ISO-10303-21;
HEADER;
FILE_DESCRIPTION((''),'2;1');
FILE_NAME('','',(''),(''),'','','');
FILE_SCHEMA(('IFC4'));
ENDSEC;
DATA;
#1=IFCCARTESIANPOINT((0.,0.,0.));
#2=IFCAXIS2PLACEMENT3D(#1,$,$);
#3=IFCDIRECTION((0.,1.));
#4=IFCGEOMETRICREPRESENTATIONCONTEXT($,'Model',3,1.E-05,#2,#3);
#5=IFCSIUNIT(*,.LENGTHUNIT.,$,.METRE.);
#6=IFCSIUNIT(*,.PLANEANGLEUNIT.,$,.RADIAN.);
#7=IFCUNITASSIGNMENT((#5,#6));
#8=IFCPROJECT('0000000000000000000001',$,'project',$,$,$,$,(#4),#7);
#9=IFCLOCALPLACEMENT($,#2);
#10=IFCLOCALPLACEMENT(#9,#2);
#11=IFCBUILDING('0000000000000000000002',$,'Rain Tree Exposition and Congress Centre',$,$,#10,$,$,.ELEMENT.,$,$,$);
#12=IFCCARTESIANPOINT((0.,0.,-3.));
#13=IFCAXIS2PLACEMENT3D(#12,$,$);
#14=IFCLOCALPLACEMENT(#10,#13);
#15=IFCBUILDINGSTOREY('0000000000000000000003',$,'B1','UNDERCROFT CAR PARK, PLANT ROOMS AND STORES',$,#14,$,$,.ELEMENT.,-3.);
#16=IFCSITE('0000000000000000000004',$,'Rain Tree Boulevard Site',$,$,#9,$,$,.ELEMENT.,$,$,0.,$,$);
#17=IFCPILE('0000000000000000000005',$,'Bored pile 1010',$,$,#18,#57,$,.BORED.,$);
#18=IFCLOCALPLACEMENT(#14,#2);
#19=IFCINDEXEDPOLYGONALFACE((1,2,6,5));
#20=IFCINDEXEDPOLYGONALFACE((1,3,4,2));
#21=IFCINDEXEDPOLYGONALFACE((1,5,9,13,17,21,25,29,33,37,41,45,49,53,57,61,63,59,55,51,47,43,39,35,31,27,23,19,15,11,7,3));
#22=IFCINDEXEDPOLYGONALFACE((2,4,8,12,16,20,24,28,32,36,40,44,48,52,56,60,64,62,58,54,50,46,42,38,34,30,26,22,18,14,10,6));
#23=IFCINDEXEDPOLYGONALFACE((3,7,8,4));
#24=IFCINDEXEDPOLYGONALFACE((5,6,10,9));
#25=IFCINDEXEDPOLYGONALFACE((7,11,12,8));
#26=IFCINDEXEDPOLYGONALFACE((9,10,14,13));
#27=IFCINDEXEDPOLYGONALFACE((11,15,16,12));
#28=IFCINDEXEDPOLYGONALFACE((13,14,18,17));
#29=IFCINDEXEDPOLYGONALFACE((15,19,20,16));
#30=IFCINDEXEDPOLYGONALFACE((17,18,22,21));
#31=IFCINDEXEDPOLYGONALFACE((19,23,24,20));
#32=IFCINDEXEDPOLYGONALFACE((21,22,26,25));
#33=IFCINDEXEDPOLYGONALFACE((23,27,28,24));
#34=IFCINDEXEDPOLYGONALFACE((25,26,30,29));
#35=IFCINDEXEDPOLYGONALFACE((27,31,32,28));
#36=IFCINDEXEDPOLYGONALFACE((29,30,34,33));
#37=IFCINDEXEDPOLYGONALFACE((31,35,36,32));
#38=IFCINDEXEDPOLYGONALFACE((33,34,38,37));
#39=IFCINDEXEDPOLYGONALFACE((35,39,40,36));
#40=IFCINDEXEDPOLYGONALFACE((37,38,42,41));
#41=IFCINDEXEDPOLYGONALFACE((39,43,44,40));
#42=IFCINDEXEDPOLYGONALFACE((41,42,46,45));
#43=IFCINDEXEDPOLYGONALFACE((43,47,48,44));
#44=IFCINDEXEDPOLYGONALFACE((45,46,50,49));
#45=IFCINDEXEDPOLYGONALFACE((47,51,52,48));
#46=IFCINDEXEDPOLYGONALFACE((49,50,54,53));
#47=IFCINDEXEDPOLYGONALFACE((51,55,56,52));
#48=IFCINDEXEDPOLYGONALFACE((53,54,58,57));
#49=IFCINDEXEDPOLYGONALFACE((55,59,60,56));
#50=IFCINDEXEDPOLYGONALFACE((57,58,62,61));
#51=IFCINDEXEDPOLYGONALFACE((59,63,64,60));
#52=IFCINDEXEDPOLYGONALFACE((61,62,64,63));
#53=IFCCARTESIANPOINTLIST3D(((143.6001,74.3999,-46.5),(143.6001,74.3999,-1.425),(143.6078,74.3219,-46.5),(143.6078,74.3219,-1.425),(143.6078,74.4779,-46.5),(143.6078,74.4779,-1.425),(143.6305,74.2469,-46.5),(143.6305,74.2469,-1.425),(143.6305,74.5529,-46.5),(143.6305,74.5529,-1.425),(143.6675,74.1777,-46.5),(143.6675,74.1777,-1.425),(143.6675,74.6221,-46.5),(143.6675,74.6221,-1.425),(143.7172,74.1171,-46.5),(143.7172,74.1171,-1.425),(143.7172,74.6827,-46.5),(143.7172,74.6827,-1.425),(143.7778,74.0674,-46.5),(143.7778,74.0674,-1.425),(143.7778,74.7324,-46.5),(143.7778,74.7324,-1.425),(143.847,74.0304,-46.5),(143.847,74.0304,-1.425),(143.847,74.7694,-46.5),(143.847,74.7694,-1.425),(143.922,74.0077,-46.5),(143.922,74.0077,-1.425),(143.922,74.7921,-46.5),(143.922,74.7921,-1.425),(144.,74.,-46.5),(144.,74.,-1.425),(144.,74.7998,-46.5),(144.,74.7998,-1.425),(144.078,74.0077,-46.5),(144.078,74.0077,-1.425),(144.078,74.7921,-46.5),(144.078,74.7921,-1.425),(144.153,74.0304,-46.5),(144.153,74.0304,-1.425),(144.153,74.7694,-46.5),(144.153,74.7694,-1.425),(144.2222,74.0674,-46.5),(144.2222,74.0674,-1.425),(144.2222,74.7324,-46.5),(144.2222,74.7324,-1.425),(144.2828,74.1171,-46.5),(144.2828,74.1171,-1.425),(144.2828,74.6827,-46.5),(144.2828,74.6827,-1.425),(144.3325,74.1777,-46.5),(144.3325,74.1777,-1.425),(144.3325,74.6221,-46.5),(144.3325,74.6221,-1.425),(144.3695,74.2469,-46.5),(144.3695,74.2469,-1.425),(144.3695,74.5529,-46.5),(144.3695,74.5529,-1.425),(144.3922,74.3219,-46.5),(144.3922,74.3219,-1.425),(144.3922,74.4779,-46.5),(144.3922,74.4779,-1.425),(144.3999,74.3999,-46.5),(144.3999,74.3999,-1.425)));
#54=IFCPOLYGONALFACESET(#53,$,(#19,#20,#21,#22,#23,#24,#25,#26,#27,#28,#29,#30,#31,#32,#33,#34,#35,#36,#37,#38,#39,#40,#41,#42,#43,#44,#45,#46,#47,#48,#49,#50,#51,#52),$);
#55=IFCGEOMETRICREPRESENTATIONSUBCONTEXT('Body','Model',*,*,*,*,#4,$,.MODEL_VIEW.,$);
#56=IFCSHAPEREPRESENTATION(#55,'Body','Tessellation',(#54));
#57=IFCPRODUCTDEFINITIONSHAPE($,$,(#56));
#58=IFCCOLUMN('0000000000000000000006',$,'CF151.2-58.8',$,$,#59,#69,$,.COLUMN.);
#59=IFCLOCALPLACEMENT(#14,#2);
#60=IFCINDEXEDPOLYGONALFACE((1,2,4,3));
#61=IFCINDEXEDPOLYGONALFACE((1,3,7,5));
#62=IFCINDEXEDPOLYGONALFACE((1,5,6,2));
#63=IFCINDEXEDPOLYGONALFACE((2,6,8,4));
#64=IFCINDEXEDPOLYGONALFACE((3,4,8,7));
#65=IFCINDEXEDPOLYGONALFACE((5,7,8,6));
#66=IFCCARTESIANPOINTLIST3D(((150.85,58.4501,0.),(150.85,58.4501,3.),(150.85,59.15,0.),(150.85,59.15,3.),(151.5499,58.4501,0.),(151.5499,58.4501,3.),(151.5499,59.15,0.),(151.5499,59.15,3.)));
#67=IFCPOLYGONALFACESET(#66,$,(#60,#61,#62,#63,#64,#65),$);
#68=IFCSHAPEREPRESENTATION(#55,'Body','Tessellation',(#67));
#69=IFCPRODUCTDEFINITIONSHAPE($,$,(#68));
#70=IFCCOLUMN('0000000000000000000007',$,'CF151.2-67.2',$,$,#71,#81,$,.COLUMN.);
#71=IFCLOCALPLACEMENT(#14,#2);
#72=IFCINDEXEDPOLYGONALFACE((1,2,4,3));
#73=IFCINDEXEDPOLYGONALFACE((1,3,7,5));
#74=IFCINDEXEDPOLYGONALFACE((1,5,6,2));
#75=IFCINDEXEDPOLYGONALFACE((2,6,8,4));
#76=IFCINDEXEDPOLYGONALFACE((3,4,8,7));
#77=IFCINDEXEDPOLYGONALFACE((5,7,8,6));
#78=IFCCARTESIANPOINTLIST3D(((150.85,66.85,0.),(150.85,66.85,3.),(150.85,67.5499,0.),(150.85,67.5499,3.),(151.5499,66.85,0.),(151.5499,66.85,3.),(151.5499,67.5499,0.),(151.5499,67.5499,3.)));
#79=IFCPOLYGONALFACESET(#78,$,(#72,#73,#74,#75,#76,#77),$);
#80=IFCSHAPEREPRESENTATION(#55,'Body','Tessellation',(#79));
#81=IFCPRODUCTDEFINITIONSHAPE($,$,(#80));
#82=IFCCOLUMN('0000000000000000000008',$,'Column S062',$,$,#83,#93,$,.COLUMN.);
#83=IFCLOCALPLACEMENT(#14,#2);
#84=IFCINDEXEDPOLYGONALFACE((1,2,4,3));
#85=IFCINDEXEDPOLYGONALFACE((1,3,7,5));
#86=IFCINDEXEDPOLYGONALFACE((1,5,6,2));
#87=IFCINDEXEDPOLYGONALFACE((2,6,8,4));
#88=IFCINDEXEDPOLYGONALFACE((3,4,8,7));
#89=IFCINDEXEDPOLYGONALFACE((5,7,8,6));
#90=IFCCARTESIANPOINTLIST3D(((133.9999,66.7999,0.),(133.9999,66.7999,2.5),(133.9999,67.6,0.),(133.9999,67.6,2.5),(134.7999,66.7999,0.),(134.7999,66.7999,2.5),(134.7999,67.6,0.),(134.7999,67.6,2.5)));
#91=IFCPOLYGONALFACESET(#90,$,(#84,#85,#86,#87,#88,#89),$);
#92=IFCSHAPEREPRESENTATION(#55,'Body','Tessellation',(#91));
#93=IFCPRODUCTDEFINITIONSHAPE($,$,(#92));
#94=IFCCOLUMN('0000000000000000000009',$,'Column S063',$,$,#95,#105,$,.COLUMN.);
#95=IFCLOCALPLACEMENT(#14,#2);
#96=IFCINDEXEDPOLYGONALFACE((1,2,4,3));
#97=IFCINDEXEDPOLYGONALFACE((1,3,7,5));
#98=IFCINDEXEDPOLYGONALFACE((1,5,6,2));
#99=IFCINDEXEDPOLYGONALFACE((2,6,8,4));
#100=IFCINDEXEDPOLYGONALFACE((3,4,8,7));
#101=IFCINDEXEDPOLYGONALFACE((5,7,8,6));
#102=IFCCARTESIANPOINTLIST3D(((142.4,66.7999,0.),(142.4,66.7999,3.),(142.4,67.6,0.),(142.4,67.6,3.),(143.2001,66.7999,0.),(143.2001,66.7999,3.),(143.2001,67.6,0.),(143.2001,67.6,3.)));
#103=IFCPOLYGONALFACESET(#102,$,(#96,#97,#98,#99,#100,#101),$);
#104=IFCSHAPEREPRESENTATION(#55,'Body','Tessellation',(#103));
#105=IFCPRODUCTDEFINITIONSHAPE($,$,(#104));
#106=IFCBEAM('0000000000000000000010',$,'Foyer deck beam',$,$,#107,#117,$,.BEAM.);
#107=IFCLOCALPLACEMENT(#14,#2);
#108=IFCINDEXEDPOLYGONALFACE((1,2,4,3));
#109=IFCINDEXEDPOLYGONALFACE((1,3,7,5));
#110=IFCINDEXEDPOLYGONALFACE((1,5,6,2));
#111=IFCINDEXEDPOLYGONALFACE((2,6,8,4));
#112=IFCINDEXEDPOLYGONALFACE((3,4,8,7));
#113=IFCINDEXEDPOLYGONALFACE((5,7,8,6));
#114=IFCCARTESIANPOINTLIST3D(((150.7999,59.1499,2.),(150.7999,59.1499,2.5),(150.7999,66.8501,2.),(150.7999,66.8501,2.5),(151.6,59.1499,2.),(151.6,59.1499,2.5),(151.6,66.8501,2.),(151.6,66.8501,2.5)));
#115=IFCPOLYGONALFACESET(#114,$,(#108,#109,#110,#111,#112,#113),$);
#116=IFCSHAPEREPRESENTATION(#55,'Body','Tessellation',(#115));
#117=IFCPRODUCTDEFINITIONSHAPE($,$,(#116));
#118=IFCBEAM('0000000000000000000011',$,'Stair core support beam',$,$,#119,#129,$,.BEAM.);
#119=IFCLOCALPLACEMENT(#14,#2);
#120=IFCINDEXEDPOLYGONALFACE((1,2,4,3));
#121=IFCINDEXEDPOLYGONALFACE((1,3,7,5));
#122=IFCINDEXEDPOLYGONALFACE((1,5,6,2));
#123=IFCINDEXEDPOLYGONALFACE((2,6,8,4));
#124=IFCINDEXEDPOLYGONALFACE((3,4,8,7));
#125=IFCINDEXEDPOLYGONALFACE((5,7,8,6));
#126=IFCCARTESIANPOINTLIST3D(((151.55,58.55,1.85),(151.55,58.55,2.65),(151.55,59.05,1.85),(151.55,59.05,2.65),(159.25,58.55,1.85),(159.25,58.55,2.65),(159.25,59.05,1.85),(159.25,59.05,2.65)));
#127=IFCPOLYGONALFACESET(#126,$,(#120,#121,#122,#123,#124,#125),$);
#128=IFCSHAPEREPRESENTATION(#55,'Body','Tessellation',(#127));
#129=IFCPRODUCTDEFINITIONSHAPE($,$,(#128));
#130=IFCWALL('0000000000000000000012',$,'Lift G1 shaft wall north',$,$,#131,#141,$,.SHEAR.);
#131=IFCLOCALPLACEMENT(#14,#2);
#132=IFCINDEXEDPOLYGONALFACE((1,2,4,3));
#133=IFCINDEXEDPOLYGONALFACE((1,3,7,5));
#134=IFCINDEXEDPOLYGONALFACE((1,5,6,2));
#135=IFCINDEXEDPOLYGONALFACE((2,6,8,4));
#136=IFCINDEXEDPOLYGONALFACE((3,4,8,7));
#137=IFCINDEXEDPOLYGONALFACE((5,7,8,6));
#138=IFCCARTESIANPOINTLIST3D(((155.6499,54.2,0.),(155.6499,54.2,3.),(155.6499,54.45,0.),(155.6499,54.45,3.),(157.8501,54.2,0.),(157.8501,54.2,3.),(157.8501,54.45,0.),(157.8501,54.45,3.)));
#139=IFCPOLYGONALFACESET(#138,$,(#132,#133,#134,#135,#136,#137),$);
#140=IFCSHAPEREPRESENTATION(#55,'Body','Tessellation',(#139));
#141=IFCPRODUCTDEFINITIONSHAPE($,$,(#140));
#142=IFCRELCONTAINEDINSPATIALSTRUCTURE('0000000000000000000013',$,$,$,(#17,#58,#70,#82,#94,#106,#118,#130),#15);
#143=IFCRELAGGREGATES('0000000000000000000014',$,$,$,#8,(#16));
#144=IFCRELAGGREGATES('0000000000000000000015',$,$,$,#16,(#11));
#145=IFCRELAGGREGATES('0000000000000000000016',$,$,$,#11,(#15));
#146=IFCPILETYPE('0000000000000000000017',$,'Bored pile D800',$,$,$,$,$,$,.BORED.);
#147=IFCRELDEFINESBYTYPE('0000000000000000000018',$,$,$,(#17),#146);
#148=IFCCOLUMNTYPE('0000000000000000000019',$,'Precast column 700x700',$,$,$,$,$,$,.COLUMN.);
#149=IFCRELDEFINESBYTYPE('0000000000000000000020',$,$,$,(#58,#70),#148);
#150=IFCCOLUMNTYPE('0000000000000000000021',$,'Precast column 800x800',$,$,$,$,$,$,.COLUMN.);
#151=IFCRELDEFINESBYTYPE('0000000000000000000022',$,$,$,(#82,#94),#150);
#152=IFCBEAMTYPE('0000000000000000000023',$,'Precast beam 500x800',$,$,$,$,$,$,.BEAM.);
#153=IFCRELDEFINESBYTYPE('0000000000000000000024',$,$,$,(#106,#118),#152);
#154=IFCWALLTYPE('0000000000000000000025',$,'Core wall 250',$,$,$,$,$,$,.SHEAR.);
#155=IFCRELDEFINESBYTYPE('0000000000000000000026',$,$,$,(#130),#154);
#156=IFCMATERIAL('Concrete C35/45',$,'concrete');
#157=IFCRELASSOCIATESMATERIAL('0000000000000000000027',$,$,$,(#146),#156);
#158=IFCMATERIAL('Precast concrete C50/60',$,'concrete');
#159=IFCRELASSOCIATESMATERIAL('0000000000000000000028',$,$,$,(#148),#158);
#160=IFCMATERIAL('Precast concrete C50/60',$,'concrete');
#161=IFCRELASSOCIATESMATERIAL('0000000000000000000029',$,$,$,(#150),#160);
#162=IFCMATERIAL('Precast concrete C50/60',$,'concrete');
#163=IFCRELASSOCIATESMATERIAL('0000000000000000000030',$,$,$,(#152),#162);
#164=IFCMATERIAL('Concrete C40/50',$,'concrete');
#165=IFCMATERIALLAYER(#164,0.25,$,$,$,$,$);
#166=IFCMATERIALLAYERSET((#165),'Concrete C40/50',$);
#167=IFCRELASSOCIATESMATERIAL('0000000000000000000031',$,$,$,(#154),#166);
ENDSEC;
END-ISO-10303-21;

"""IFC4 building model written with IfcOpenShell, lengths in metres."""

from ifc_helpers import new_model, si_unit, direction, frame, frame_2d, origin, origin_2d, place, context, subcontext, project, spatial, rectangle, circle, extrude, material, layer, layer_set, material_profile, profile_set, type_object, element, save


model = new_model("IFC4")

# Units and contexts
model_context = context("Model", 3, precision=1e-05, world=origin(), true_north=direction((0.0, 1.0)))
body_context = subcontext(model_context, "Body", "Model", "MODEL_VIEW")
ifc_project = project(units=[si_unit("LENGTHUNIT", "METRE"), si_unit("PLANEANGLEUNIT", "RADIAN")], contexts=[model_context])

# Site, building, storey
site_placement = place(None, origin())
site = spatial("IfcSite", under=ifc_project, at=site_placement, Name="Rain Tree Boulevard Site", CompositionType="ELEMENT", RefElevation=0.0)
building_placement = place(site_placement, origin())
building = spatial("IfcBuilding", under=site, at=building_placement, Name="Rain Tree Exposition and Congress Centre", CompositionType="ELEMENT")
storey_placement = place(building_placement, frame((0.0, 0.0, -3.0)))
storey = spatial("IfcBuildingStorey", under=building, at=storey_placement, Name="B1", Description="UNDERCROFT CAR PARK, PLANT ROOMS AND STORES", CompositionType="ELEMENT", Elevation=-3.0)

# Pile
ifc_material_1 = material(Name="Concrete C35/45", Category="concrete")
ifc_material_profile_1 = material_profile(ifc_material_1, circle(Radius=0.3999, at=origin_2d()), Name="D800")
ifc_profile_set_1 = profile_set([ifc_material_profile_1], Name="Concrete C35/45")
pile_type = type_object("IfcPileType", Name="Bored pile D800", PredefinedType="BORED", material=ifc_profile_set_1)
for number, where, z_axis, x_axis, name in (
    (1, (144.0, 74.3999, -1.425), (0.0, 0.0, -1.0), (1.0, 0.0, 0.0), "Bored pile 1010"),
):
    element("IfcPile", number, at=place(storey_placement, frame(where, z_axis=z_axis, x_axis=x_axis)), inside=storey, type_object=pile_type, Name=name, PredefinedType="BORED", context=body_context, shape_type="SweptSolid", body=[
        extrude(circle(Radius=0.3999, at=origin_2d()), origin(), (0.0, 0.0, 1.0), 45.075),
    ])

# Columns
ifc_material_2 = material(Name="Precast concrete C50/60", Category="concrete")
ifc_material_profile_2 = material_profile(ifc_material_2, rectangle(XDim=0.7, YDim=0.7, at=origin_2d()), Name="RC 700x700")
ifc_profile_set_2 = profile_set([ifc_material_profile_2], Name="Precast concrete C50/60")
column_type_1 = type_object("IfcColumnType", Name="Precast column 700x700", PredefinedType="COLUMN", material=ifc_profile_set_2)
for number, where, z_axis, x_axis, name in (
    (2, (151.2, 58.8, 0.0), (0.0, 0.0, 1.0), (1.0, 0.0, 0.0), "CF151.2-58.8"),
    (3, (151.2, 67.2, 0.0), (0.0, 0.0, 1.0), (1.0, 0.0, 0.0), "CF151.2-67.2"),
):
    element("IfcColumn", number, at=place(storey_placement, frame(where, z_axis=z_axis, x_axis=x_axis)), inside=storey, type_object=column_type_1, Name=name, PredefinedType="COLUMN", context=body_context, shape_type="SweptSolid", body=[
        extrude(rectangle(XDim=0.7, YDim=0.7, at=origin_2d()), origin(), (0.0, 0.0, 1.0), 3.0),
    ])
ifc_material_3 = material(Name="Precast concrete C50/60", Category="concrete")
ifc_material_profile_3 = material_profile(ifc_material_3, rectangle(XDim=0.8, YDim=0.8, at=origin_2d()), Name="RC 800x800")
ifc_profile_set_3 = profile_set([ifc_material_profile_3], Name="Precast concrete C50/60")
column_type_2 = type_object("IfcColumnType", Name="Precast column 800x800", PredefinedType="COLUMN", material=ifc_profile_set_3)
column_1_placement = place(storey_placement, frame((134.3999, 67.2, 0.0), z_axis=(0.0, 0.0, 1.0), x_axis=(1.0, 0.0, 0.0)))
element("IfcColumn", 4, at=column_1_placement, inside=storey, type_object=column_type_2, Name="Column S062", PredefinedType="COLUMN", context=body_context, shape_type="SweptSolid", body=[
    extrude(rectangle(XDim=0.8, YDim=0.8, at=origin_2d()), origin(), (0.0, 0.0, 1.0), 2.5),
])
column_2_placement = place(storey_placement, frame((142.8, 67.2, 0.0), z_axis=(0.0, 0.0, 1.0), x_axis=(1.0, 0.0, 0.0)))
element("IfcColumn", 5, at=column_2_placement, inside=storey, type_object=column_type_2, Name="Column S063", PredefinedType="COLUMN", context=body_context, shape_type="SweptSolid", body=[
    extrude(rectangle(XDim=0.8, YDim=0.8, at=origin_2d()), origin(), (0.0, 0.0, 1.0), 3.0),
])

# Beams
ifc_material_4 = material(Name="Precast concrete C50/60", Category="concrete")
ifc_material_profile_4 = material_profile(ifc_material_4, rectangle(XDim=0.5, YDim=0.8, at=origin_2d()), Name="RC 500x800")
ifc_profile_set_4 = profile_set([ifc_material_profile_4], Name="Precast concrete C50/60")
beam_type = type_object("IfcBeamType", Name="Precast beam 500x800", PredefinedType="BEAM", material=ifc_profile_set_4)
beam_1_placement = place(storey_placement, frame((151.2, 59.1499, 2.25), z_axis=(0.0, 1.0, 0.0), x_axis=(0.0, 0.0, 1.0)))
element("IfcBeam", 6, at=beam_1_placement, inside=storey, type_object=beam_type, Name="Foyer deck beam", PredefinedType="BEAM", context=body_context, shape_type="SweptSolid", body=[
    extrude(rectangle(XDim=0.5, YDim=0.8, at=origin_2d()), origin(), (0.0, 0.0, 1.0), 7.7002),
])
beam_2_placement = place(storey_placement, frame((151.55, 58.8, 2.25), z_axis=(1.0, 0.0, 0.0), x_axis=(0.0, 1.0, 0.0)))
element("IfcBeam", 7, at=beam_2_placement, inside=storey, type_object=beam_type, Name="Stair core support beam", PredefinedType="BEAM", context=body_context, shape_type="SweptSolid", body=[
    extrude(rectangle(XDim=0.5, YDim=0.8, at=origin_2d()), origin(), (0.0, 0.0, 1.0), 7.7),
])

# Wall
ifc_material_5 = material(Name="Concrete C40/50", Category="concrete")
ifc_layer = layer(ifc_material_5, 0.25)
ifc_layer_set = layer_set([ifc_layer], Name="Concrete C40/50")
wall_type = type_object("IfcWallType", Name="Core wall 250", PredefinedType="SHEAR", material=ifc_layer_set)
wall_placement = place(storey_placement, frame((155.6499, 54.325, 0.0), z_axis=(0.0, 0.0, 1.0), x_axis=(1.0, 0.0, 0.0)))
element("IfcWall", 8, at=wall_placement, inside=storey, type_object=wall_type, Name="Lift G1 shaft wall north", PredefinedType="SHEAR", context=body_context, shape_type="SweptSolid", body=[
    extrude(rectangle(XDim=2.2002, YDim=0.25, at=frame_2d((1.1001, 0.0))), origin(), (0.0, 0.0, 1.0), 3.0),
])

save(model, "model.ifc")
